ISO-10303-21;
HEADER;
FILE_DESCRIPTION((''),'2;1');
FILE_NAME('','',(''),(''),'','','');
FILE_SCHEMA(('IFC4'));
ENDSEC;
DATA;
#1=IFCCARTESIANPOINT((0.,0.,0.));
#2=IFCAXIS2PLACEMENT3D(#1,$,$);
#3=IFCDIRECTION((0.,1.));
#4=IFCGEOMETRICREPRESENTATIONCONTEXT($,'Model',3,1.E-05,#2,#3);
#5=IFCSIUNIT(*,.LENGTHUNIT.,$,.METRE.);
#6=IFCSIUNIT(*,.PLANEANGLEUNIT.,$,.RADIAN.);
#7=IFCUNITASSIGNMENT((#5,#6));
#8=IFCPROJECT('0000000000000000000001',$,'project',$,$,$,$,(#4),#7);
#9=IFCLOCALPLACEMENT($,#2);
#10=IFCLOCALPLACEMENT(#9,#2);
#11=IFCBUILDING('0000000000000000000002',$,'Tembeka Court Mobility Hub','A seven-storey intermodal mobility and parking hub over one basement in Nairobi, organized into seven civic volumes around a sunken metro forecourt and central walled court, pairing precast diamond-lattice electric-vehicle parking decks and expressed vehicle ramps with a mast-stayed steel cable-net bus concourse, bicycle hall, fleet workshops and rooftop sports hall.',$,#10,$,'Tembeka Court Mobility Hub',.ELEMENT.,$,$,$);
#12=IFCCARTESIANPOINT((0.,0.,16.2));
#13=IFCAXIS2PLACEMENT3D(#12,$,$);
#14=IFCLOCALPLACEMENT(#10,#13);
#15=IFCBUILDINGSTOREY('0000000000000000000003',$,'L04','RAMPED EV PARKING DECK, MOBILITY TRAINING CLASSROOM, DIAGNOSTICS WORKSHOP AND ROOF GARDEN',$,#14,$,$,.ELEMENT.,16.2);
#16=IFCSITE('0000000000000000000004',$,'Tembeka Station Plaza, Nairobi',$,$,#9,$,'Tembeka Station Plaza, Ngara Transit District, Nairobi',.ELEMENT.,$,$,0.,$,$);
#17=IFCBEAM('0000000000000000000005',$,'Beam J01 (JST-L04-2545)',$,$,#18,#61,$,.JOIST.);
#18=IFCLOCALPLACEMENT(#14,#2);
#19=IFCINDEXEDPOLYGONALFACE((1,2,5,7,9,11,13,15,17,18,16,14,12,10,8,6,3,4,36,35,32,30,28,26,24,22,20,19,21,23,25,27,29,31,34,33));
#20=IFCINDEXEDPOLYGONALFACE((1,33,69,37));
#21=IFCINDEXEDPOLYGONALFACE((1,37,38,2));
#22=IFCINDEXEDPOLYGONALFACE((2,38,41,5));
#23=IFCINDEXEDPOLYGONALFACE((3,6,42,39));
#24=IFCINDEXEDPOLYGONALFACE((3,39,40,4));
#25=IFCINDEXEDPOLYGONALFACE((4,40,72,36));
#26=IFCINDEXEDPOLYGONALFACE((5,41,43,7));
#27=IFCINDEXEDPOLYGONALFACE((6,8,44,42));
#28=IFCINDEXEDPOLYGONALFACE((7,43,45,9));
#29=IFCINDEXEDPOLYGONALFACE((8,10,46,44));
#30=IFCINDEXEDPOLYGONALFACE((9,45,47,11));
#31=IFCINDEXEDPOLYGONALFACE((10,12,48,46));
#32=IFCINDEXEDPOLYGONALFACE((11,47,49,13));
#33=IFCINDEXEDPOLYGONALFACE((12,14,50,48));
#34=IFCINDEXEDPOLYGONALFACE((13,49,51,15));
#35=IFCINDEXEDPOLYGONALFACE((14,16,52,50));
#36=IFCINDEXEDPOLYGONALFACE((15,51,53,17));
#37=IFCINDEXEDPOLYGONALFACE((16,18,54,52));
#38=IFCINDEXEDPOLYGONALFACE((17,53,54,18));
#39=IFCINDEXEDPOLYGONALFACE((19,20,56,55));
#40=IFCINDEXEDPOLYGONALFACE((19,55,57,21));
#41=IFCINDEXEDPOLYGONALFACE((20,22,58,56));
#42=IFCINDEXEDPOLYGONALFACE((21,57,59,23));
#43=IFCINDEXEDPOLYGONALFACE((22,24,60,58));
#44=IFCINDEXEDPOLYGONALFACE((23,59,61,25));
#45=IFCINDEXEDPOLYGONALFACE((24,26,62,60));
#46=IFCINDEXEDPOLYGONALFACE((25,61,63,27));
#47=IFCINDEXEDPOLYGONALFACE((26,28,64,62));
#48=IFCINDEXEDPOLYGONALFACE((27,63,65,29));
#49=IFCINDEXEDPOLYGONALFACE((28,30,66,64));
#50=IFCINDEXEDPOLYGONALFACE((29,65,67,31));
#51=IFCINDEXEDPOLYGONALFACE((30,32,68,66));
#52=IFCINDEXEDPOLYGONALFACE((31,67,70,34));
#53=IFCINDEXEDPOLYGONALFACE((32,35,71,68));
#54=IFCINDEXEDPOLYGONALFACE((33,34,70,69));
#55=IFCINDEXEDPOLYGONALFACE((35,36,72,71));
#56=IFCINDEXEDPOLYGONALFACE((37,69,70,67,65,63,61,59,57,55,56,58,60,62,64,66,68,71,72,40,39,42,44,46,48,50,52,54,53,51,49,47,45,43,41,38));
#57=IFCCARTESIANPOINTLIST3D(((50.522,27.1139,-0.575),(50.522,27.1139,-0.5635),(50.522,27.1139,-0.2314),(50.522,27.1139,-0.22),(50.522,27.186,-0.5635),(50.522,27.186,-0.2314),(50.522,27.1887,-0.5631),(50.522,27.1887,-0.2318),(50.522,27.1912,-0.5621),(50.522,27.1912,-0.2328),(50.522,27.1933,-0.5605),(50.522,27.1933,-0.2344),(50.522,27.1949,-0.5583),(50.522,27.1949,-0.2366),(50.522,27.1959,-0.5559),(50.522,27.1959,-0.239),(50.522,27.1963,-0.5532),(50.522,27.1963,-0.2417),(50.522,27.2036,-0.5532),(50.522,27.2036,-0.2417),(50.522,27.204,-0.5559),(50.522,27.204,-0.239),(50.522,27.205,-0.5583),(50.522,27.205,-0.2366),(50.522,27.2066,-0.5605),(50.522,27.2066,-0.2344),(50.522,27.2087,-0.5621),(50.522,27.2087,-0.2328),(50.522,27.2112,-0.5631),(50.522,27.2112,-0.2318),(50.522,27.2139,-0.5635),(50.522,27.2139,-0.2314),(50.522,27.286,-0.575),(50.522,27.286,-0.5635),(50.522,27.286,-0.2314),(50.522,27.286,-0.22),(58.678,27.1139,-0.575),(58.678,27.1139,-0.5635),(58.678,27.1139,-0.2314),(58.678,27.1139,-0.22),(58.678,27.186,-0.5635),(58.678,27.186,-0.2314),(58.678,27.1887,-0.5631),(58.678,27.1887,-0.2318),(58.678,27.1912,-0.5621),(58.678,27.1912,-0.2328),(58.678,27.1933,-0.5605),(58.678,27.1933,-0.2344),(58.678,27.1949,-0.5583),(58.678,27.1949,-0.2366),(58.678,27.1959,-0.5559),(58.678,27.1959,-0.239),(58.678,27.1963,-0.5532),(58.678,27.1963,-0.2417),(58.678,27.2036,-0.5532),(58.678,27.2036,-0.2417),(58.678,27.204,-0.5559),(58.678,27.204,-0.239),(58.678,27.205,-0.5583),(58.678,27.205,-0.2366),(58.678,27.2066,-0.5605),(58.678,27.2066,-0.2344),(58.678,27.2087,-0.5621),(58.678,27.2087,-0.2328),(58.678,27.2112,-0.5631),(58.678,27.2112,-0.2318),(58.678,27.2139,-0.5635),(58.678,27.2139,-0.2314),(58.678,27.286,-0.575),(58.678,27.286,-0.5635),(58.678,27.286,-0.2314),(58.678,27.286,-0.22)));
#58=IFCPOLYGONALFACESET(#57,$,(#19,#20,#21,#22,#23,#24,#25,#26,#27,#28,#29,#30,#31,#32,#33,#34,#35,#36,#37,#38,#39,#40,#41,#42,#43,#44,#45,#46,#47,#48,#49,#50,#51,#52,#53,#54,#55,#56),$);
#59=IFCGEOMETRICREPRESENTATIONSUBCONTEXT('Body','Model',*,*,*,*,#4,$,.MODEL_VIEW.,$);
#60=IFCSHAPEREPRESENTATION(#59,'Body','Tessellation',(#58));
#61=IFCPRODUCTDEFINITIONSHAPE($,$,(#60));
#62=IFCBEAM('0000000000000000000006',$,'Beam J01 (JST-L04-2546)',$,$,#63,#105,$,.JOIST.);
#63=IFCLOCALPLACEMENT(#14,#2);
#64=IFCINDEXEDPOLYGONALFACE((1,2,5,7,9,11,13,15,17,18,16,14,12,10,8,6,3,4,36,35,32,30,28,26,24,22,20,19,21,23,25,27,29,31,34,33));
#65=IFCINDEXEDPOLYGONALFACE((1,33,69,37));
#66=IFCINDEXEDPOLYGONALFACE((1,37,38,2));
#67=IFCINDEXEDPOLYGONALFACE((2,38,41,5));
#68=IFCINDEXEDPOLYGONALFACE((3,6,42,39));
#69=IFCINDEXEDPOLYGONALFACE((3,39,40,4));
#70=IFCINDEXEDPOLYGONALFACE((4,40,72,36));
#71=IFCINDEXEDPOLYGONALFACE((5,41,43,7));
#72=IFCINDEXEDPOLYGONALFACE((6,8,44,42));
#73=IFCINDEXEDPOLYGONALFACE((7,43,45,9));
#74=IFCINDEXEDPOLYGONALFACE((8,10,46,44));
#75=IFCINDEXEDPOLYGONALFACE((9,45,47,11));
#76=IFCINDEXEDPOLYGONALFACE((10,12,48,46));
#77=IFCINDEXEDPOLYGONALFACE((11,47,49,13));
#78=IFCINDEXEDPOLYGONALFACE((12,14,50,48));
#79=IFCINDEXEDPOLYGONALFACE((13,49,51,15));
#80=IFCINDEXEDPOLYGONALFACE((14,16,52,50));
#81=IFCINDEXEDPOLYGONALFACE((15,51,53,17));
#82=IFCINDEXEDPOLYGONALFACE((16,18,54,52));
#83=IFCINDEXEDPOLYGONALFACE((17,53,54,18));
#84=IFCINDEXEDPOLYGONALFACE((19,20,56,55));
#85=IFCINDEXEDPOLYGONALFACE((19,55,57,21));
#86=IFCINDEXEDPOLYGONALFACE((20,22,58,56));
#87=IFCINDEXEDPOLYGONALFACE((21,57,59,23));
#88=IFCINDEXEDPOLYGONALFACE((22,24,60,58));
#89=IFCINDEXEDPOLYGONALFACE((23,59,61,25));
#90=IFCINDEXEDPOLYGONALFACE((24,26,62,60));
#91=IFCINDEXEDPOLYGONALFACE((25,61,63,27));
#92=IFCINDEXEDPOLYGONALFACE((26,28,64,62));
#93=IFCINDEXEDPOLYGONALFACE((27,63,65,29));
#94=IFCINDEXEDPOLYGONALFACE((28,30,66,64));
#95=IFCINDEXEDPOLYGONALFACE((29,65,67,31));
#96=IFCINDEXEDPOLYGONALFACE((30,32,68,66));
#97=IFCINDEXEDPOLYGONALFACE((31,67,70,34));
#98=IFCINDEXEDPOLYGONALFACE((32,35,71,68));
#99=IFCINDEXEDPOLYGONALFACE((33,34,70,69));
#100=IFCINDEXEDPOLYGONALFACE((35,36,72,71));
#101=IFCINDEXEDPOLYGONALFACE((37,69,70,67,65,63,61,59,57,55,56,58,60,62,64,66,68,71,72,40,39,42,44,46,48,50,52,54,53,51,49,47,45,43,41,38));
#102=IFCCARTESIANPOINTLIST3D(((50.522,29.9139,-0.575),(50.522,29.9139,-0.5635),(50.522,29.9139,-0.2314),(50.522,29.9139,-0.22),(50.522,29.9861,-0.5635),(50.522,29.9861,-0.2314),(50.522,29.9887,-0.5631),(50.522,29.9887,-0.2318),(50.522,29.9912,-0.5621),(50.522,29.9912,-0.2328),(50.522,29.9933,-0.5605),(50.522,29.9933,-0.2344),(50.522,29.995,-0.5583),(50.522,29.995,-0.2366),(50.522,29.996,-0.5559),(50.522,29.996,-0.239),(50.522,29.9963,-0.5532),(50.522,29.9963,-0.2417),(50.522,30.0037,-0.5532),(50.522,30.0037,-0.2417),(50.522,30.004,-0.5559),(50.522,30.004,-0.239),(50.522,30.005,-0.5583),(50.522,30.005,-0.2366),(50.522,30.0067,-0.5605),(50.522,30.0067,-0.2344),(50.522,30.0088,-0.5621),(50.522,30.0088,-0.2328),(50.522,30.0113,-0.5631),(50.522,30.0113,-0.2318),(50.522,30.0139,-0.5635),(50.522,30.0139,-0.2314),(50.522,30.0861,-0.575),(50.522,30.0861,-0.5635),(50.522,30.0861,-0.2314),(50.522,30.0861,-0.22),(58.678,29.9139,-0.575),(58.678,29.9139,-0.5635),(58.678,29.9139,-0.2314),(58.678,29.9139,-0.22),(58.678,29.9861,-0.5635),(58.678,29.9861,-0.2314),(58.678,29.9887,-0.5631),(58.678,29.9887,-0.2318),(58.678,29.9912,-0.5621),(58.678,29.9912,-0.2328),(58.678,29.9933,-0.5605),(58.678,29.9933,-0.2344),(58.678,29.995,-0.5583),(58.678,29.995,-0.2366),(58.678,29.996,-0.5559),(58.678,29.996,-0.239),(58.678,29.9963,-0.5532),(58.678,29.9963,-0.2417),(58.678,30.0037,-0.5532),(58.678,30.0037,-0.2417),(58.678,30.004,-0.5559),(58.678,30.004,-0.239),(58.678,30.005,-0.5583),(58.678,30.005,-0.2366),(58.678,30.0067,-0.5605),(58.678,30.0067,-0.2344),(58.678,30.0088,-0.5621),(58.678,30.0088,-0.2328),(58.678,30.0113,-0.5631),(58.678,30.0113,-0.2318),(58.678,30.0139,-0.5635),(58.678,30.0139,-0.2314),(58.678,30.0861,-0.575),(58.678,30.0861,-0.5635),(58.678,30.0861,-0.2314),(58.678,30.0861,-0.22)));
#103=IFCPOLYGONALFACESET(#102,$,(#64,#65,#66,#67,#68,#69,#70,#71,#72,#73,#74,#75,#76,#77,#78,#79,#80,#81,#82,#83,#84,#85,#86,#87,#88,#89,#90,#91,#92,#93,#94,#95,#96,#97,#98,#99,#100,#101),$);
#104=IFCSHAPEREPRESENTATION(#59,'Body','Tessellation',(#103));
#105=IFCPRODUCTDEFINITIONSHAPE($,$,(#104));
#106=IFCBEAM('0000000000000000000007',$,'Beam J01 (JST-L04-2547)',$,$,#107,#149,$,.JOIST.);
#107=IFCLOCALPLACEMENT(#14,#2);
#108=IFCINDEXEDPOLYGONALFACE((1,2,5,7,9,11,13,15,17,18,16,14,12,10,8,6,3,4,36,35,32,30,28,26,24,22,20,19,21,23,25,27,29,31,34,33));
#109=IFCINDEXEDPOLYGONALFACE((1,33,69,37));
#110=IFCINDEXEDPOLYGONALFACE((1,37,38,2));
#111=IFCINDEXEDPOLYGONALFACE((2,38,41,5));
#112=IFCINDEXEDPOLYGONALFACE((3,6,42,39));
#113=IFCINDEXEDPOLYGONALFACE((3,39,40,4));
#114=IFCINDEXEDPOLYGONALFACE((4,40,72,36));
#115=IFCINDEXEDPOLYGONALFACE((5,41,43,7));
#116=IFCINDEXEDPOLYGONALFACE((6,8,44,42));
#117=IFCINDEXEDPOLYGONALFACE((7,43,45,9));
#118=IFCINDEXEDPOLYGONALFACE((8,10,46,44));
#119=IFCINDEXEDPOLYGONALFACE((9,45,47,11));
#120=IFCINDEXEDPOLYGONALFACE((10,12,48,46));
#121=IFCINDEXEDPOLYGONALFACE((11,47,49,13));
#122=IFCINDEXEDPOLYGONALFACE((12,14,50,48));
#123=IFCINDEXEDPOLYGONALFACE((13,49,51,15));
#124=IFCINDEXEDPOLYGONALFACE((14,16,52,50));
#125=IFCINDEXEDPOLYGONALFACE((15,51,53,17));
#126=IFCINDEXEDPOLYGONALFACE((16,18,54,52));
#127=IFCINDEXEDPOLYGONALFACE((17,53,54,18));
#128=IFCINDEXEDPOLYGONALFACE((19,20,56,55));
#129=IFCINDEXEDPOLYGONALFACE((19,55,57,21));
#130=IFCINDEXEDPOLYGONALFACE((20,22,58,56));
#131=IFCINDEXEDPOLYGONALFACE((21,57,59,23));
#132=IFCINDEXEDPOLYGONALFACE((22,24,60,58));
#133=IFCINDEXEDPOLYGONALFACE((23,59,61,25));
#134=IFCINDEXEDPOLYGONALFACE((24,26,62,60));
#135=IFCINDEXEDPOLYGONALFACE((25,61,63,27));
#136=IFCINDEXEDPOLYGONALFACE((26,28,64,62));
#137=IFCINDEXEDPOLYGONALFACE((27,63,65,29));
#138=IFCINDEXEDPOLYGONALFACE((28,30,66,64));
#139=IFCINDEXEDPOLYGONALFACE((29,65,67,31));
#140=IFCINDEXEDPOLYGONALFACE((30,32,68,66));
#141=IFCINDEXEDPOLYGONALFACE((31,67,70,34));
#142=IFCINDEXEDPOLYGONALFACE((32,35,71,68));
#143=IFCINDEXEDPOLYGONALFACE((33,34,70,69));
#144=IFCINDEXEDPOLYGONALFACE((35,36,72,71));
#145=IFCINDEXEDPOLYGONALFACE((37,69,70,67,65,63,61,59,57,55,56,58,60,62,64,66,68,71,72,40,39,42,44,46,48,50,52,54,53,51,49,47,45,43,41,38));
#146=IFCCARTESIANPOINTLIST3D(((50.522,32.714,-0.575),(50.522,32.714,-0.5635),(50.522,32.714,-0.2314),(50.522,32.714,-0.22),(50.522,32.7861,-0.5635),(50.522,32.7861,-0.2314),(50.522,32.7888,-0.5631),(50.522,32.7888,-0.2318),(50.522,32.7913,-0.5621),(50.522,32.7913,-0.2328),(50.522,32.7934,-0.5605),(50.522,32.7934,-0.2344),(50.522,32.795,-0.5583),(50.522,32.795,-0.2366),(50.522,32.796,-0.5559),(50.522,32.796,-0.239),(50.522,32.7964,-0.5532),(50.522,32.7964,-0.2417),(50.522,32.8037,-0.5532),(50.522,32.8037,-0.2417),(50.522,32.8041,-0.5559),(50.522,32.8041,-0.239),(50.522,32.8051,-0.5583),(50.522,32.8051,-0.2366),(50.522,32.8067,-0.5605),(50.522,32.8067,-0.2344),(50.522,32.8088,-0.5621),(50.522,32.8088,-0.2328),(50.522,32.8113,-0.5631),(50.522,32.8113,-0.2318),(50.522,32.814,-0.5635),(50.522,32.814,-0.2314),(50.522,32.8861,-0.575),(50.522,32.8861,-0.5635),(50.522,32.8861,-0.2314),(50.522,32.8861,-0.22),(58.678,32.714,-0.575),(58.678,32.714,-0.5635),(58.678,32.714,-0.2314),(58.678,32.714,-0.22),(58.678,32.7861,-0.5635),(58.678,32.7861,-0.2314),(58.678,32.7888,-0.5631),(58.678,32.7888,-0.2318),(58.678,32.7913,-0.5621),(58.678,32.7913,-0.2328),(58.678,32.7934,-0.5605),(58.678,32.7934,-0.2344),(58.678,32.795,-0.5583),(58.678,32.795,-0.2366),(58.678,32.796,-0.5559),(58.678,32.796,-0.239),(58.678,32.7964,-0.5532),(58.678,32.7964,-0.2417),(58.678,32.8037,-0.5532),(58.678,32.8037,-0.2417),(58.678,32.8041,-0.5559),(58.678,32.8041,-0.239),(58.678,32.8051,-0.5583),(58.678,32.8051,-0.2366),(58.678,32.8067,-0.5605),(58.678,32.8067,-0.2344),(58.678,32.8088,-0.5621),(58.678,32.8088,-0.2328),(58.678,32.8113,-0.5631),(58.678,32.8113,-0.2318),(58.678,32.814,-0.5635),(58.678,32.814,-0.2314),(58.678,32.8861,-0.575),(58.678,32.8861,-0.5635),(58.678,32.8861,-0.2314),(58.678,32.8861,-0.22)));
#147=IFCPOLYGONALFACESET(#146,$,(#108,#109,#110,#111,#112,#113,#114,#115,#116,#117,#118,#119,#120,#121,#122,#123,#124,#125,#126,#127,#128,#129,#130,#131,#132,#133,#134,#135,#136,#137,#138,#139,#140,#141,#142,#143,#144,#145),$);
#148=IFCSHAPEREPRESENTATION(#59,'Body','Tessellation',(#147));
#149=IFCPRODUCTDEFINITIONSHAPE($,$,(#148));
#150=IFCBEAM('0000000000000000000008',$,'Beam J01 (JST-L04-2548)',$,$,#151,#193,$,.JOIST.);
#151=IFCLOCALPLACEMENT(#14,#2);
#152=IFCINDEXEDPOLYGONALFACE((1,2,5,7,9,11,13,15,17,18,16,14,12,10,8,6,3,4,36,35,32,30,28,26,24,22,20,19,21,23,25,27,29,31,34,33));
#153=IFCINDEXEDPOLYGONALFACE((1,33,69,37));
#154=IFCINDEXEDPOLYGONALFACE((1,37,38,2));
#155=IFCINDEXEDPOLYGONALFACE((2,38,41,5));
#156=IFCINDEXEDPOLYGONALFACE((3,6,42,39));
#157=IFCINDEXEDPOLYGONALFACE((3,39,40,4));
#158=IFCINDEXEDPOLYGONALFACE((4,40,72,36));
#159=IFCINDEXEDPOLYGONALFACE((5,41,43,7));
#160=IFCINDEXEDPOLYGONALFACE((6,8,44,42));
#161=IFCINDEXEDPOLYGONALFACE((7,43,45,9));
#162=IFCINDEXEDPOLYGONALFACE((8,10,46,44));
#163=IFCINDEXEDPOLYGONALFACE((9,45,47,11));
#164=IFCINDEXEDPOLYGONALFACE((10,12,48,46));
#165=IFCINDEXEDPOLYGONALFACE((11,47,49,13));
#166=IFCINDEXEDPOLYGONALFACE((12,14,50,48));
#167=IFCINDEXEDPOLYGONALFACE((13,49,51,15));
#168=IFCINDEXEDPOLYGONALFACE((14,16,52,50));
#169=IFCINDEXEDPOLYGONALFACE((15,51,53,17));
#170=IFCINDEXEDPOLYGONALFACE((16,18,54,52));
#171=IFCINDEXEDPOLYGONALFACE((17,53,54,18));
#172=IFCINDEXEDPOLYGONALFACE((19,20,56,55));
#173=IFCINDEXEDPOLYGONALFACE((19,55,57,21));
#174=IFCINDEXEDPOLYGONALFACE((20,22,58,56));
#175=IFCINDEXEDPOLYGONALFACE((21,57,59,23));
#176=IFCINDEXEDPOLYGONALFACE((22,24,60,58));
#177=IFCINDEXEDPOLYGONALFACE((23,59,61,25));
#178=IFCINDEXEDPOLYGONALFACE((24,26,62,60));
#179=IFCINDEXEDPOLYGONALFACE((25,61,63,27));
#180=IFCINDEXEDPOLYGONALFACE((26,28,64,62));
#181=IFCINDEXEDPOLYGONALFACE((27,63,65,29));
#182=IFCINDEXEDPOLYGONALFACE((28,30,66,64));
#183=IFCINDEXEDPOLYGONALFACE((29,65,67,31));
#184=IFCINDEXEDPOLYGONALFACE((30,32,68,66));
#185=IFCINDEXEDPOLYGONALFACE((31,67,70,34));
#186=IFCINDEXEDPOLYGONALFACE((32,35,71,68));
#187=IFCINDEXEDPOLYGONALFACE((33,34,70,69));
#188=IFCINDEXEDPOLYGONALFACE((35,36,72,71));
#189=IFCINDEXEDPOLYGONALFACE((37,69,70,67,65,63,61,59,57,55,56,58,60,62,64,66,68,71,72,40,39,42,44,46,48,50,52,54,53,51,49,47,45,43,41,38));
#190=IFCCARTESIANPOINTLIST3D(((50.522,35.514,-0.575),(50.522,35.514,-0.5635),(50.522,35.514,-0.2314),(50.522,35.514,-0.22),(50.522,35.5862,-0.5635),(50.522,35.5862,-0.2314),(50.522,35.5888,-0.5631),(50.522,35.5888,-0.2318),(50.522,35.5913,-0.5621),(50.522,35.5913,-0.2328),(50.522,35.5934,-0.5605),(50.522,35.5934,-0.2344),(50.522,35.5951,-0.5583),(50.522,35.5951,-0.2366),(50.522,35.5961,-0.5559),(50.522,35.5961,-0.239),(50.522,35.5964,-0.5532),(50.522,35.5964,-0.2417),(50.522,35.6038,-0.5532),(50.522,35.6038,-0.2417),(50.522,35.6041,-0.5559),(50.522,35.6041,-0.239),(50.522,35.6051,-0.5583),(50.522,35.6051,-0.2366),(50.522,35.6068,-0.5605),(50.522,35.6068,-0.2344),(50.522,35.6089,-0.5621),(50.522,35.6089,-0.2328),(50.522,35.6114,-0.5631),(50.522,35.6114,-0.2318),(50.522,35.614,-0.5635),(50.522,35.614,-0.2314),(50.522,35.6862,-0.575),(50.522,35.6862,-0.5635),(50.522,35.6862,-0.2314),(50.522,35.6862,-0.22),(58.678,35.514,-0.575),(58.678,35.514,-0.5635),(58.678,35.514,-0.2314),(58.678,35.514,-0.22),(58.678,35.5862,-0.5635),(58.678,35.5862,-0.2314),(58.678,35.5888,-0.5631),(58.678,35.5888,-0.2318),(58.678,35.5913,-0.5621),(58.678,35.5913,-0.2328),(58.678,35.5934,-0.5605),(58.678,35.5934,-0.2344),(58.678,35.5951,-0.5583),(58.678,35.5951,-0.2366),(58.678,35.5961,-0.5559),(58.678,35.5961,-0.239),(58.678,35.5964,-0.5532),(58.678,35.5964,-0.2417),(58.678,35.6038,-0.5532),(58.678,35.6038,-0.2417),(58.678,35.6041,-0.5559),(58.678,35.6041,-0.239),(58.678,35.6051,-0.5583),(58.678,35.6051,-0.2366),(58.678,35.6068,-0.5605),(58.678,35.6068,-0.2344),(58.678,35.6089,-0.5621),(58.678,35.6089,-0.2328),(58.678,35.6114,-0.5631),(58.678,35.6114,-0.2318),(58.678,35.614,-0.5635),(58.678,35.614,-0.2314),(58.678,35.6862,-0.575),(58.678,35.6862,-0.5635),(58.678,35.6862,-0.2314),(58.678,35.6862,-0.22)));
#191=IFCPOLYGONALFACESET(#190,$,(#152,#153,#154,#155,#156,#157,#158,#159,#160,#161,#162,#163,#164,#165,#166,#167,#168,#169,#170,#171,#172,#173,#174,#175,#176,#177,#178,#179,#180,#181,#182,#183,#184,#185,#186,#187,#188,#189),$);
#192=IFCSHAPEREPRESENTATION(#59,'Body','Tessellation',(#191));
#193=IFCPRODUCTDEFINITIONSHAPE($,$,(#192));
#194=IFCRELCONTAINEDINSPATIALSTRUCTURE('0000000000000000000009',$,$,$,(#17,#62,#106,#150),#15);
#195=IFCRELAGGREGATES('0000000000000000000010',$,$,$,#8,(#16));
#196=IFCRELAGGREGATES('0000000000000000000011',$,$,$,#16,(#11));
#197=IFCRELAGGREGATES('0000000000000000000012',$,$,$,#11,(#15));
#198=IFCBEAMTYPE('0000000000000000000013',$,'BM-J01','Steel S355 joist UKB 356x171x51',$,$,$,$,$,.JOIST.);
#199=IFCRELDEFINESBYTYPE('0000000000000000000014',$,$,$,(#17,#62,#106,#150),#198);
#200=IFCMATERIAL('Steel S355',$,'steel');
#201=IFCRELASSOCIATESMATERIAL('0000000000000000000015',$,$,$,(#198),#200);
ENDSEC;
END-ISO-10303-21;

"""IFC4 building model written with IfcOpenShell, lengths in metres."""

from ifc_helpers import new_model, si_unit, direction, frame, origin, origin_2d, place, context, subcontext, project, spatial, i_section, extrude, material, material_profile, profile_set, type_object, element, save


model = new_model("IFC4")

# Units and contexts
model_context = context("Model", 3, precision=1e-05, world=origin(), true_north=direction((0.0, 1.0)))
body_context = subcontext(model_context, "Body", "Model", "MODEL_VIEW")
ifc_project = project(units=[si_unit("LENGTHUNIT", "METRE"), si_unit("PLANEANGLEUNIT", "RADIAN")], contexts=[model_context])

# Site, building, storey
site_placement = place(None, origin())
site = spatial("IfcSite", under=ifc_project, at=site_placement, Name="Tembeka Station Plaza, Nairobi", LongName="Tembeka Station Plaza, Ngara Transit District, Nairobi", CompositionType="ELEMENT", RefElevation=0.0)
building_placement = place(site_placement, origin())
building = spatial("IfcBuilding", under=site, at=building_placement, Name="Tembeka Court Mobility Hub", Description="A seven-storey intermodal mobility and parking hub over one basement in Nairobi, organized into seven civic volumes around a sunken metro forecourt and central walled court, pairing precast diamond-lattice electric-vehicle parking decks and expressed vehicle ramps with a mast-stayed steel cable-net bus concourse, bicycle hall, fleet workshops and rooftop sports hall.", LongName="Tembeka Court Mobility Hub", CompositionType="ELEMENT")
storey_placement = place(building_placement, frame((0.0, 0.0, 16.2)))
storey = spatial("IfcBuildingStorey", under=building, at=storey_placement, Name="L04", Description="RAMPED EV PARKING DECK, MOBILITY TRAINING CLASSROOM, DIAGNOSTICS WORKSHOP AND ROOF GARDEN", CompositionType="ELEMENT", Elevation=16.2)

# Shared definitions
ifc_material_1 = material(Name="Steel S355", Category="steel")

# Beams
ifc_material_profile_1 = material_profile(ifc_material_1, i_section(OverallWidth=0.1721, OverallDepth=0.355, WebThickness=0.0073, FlangeThickness=0.0115, FilletRadius=0.0103, at=origin_2d()), Name="UKB 356x171x51")
ifc_profile_set_1 = profile_set([ifc_material_profile_1], Name="Steel S355")
beam_type_1 = type_object("IfcBeamType", Name="BM-J01", Description="Steel S355 joist UKB 356x171x51", PredefinedType="JOIST", material=ifc_profile_set_1)
for number, where, z_axis, x_axis, name in (
    (1, (50.522, 27.2, -0.3975), (1.0, 0.0, 0.0), (0.0, 1.0, 0.0), "Beam J01 (JST-L04-2545)"),
    (2, (50.522, 30.0, -0.3975), (1.0, 0.0, 0.0), (0.0, 1.0, 0.0), "Beam J01 (JST-L04-2546)"),
    (3, (50.522, 32.8, -0.3975), (1.0, 0.0, 0.0), (0.0, 1.0, 0.0), "Beam J01 (JST-L04-2547)"),
    (4, (50.522, 35.6001, -0.3975), (1.0, 0.0, 0.0), (0.0, 1.0, 0.0), "Beam J01 (JST-L04-2548)"),
):
    element("IfcBeam", number, at=place(storey_placement, frame(where, z_axis=z_axis, x_axis=x_axis)), inside=storey, type_object=beam_type_1, Name=name, PredefinedType="JOIST", context=body_context, shape_type="SweptSolid", body=[
        extrude(i_section(OverallWidth=0.1721, OverallDepth=0.355, WebThickness=0.0073, FlangeThickness=0.0115, FilletRadius=0.0103, at=origin_2d()), origin(), (0.0, 0.0, 1.0), 8.156),
    ])

save(model, "model.ifc")
